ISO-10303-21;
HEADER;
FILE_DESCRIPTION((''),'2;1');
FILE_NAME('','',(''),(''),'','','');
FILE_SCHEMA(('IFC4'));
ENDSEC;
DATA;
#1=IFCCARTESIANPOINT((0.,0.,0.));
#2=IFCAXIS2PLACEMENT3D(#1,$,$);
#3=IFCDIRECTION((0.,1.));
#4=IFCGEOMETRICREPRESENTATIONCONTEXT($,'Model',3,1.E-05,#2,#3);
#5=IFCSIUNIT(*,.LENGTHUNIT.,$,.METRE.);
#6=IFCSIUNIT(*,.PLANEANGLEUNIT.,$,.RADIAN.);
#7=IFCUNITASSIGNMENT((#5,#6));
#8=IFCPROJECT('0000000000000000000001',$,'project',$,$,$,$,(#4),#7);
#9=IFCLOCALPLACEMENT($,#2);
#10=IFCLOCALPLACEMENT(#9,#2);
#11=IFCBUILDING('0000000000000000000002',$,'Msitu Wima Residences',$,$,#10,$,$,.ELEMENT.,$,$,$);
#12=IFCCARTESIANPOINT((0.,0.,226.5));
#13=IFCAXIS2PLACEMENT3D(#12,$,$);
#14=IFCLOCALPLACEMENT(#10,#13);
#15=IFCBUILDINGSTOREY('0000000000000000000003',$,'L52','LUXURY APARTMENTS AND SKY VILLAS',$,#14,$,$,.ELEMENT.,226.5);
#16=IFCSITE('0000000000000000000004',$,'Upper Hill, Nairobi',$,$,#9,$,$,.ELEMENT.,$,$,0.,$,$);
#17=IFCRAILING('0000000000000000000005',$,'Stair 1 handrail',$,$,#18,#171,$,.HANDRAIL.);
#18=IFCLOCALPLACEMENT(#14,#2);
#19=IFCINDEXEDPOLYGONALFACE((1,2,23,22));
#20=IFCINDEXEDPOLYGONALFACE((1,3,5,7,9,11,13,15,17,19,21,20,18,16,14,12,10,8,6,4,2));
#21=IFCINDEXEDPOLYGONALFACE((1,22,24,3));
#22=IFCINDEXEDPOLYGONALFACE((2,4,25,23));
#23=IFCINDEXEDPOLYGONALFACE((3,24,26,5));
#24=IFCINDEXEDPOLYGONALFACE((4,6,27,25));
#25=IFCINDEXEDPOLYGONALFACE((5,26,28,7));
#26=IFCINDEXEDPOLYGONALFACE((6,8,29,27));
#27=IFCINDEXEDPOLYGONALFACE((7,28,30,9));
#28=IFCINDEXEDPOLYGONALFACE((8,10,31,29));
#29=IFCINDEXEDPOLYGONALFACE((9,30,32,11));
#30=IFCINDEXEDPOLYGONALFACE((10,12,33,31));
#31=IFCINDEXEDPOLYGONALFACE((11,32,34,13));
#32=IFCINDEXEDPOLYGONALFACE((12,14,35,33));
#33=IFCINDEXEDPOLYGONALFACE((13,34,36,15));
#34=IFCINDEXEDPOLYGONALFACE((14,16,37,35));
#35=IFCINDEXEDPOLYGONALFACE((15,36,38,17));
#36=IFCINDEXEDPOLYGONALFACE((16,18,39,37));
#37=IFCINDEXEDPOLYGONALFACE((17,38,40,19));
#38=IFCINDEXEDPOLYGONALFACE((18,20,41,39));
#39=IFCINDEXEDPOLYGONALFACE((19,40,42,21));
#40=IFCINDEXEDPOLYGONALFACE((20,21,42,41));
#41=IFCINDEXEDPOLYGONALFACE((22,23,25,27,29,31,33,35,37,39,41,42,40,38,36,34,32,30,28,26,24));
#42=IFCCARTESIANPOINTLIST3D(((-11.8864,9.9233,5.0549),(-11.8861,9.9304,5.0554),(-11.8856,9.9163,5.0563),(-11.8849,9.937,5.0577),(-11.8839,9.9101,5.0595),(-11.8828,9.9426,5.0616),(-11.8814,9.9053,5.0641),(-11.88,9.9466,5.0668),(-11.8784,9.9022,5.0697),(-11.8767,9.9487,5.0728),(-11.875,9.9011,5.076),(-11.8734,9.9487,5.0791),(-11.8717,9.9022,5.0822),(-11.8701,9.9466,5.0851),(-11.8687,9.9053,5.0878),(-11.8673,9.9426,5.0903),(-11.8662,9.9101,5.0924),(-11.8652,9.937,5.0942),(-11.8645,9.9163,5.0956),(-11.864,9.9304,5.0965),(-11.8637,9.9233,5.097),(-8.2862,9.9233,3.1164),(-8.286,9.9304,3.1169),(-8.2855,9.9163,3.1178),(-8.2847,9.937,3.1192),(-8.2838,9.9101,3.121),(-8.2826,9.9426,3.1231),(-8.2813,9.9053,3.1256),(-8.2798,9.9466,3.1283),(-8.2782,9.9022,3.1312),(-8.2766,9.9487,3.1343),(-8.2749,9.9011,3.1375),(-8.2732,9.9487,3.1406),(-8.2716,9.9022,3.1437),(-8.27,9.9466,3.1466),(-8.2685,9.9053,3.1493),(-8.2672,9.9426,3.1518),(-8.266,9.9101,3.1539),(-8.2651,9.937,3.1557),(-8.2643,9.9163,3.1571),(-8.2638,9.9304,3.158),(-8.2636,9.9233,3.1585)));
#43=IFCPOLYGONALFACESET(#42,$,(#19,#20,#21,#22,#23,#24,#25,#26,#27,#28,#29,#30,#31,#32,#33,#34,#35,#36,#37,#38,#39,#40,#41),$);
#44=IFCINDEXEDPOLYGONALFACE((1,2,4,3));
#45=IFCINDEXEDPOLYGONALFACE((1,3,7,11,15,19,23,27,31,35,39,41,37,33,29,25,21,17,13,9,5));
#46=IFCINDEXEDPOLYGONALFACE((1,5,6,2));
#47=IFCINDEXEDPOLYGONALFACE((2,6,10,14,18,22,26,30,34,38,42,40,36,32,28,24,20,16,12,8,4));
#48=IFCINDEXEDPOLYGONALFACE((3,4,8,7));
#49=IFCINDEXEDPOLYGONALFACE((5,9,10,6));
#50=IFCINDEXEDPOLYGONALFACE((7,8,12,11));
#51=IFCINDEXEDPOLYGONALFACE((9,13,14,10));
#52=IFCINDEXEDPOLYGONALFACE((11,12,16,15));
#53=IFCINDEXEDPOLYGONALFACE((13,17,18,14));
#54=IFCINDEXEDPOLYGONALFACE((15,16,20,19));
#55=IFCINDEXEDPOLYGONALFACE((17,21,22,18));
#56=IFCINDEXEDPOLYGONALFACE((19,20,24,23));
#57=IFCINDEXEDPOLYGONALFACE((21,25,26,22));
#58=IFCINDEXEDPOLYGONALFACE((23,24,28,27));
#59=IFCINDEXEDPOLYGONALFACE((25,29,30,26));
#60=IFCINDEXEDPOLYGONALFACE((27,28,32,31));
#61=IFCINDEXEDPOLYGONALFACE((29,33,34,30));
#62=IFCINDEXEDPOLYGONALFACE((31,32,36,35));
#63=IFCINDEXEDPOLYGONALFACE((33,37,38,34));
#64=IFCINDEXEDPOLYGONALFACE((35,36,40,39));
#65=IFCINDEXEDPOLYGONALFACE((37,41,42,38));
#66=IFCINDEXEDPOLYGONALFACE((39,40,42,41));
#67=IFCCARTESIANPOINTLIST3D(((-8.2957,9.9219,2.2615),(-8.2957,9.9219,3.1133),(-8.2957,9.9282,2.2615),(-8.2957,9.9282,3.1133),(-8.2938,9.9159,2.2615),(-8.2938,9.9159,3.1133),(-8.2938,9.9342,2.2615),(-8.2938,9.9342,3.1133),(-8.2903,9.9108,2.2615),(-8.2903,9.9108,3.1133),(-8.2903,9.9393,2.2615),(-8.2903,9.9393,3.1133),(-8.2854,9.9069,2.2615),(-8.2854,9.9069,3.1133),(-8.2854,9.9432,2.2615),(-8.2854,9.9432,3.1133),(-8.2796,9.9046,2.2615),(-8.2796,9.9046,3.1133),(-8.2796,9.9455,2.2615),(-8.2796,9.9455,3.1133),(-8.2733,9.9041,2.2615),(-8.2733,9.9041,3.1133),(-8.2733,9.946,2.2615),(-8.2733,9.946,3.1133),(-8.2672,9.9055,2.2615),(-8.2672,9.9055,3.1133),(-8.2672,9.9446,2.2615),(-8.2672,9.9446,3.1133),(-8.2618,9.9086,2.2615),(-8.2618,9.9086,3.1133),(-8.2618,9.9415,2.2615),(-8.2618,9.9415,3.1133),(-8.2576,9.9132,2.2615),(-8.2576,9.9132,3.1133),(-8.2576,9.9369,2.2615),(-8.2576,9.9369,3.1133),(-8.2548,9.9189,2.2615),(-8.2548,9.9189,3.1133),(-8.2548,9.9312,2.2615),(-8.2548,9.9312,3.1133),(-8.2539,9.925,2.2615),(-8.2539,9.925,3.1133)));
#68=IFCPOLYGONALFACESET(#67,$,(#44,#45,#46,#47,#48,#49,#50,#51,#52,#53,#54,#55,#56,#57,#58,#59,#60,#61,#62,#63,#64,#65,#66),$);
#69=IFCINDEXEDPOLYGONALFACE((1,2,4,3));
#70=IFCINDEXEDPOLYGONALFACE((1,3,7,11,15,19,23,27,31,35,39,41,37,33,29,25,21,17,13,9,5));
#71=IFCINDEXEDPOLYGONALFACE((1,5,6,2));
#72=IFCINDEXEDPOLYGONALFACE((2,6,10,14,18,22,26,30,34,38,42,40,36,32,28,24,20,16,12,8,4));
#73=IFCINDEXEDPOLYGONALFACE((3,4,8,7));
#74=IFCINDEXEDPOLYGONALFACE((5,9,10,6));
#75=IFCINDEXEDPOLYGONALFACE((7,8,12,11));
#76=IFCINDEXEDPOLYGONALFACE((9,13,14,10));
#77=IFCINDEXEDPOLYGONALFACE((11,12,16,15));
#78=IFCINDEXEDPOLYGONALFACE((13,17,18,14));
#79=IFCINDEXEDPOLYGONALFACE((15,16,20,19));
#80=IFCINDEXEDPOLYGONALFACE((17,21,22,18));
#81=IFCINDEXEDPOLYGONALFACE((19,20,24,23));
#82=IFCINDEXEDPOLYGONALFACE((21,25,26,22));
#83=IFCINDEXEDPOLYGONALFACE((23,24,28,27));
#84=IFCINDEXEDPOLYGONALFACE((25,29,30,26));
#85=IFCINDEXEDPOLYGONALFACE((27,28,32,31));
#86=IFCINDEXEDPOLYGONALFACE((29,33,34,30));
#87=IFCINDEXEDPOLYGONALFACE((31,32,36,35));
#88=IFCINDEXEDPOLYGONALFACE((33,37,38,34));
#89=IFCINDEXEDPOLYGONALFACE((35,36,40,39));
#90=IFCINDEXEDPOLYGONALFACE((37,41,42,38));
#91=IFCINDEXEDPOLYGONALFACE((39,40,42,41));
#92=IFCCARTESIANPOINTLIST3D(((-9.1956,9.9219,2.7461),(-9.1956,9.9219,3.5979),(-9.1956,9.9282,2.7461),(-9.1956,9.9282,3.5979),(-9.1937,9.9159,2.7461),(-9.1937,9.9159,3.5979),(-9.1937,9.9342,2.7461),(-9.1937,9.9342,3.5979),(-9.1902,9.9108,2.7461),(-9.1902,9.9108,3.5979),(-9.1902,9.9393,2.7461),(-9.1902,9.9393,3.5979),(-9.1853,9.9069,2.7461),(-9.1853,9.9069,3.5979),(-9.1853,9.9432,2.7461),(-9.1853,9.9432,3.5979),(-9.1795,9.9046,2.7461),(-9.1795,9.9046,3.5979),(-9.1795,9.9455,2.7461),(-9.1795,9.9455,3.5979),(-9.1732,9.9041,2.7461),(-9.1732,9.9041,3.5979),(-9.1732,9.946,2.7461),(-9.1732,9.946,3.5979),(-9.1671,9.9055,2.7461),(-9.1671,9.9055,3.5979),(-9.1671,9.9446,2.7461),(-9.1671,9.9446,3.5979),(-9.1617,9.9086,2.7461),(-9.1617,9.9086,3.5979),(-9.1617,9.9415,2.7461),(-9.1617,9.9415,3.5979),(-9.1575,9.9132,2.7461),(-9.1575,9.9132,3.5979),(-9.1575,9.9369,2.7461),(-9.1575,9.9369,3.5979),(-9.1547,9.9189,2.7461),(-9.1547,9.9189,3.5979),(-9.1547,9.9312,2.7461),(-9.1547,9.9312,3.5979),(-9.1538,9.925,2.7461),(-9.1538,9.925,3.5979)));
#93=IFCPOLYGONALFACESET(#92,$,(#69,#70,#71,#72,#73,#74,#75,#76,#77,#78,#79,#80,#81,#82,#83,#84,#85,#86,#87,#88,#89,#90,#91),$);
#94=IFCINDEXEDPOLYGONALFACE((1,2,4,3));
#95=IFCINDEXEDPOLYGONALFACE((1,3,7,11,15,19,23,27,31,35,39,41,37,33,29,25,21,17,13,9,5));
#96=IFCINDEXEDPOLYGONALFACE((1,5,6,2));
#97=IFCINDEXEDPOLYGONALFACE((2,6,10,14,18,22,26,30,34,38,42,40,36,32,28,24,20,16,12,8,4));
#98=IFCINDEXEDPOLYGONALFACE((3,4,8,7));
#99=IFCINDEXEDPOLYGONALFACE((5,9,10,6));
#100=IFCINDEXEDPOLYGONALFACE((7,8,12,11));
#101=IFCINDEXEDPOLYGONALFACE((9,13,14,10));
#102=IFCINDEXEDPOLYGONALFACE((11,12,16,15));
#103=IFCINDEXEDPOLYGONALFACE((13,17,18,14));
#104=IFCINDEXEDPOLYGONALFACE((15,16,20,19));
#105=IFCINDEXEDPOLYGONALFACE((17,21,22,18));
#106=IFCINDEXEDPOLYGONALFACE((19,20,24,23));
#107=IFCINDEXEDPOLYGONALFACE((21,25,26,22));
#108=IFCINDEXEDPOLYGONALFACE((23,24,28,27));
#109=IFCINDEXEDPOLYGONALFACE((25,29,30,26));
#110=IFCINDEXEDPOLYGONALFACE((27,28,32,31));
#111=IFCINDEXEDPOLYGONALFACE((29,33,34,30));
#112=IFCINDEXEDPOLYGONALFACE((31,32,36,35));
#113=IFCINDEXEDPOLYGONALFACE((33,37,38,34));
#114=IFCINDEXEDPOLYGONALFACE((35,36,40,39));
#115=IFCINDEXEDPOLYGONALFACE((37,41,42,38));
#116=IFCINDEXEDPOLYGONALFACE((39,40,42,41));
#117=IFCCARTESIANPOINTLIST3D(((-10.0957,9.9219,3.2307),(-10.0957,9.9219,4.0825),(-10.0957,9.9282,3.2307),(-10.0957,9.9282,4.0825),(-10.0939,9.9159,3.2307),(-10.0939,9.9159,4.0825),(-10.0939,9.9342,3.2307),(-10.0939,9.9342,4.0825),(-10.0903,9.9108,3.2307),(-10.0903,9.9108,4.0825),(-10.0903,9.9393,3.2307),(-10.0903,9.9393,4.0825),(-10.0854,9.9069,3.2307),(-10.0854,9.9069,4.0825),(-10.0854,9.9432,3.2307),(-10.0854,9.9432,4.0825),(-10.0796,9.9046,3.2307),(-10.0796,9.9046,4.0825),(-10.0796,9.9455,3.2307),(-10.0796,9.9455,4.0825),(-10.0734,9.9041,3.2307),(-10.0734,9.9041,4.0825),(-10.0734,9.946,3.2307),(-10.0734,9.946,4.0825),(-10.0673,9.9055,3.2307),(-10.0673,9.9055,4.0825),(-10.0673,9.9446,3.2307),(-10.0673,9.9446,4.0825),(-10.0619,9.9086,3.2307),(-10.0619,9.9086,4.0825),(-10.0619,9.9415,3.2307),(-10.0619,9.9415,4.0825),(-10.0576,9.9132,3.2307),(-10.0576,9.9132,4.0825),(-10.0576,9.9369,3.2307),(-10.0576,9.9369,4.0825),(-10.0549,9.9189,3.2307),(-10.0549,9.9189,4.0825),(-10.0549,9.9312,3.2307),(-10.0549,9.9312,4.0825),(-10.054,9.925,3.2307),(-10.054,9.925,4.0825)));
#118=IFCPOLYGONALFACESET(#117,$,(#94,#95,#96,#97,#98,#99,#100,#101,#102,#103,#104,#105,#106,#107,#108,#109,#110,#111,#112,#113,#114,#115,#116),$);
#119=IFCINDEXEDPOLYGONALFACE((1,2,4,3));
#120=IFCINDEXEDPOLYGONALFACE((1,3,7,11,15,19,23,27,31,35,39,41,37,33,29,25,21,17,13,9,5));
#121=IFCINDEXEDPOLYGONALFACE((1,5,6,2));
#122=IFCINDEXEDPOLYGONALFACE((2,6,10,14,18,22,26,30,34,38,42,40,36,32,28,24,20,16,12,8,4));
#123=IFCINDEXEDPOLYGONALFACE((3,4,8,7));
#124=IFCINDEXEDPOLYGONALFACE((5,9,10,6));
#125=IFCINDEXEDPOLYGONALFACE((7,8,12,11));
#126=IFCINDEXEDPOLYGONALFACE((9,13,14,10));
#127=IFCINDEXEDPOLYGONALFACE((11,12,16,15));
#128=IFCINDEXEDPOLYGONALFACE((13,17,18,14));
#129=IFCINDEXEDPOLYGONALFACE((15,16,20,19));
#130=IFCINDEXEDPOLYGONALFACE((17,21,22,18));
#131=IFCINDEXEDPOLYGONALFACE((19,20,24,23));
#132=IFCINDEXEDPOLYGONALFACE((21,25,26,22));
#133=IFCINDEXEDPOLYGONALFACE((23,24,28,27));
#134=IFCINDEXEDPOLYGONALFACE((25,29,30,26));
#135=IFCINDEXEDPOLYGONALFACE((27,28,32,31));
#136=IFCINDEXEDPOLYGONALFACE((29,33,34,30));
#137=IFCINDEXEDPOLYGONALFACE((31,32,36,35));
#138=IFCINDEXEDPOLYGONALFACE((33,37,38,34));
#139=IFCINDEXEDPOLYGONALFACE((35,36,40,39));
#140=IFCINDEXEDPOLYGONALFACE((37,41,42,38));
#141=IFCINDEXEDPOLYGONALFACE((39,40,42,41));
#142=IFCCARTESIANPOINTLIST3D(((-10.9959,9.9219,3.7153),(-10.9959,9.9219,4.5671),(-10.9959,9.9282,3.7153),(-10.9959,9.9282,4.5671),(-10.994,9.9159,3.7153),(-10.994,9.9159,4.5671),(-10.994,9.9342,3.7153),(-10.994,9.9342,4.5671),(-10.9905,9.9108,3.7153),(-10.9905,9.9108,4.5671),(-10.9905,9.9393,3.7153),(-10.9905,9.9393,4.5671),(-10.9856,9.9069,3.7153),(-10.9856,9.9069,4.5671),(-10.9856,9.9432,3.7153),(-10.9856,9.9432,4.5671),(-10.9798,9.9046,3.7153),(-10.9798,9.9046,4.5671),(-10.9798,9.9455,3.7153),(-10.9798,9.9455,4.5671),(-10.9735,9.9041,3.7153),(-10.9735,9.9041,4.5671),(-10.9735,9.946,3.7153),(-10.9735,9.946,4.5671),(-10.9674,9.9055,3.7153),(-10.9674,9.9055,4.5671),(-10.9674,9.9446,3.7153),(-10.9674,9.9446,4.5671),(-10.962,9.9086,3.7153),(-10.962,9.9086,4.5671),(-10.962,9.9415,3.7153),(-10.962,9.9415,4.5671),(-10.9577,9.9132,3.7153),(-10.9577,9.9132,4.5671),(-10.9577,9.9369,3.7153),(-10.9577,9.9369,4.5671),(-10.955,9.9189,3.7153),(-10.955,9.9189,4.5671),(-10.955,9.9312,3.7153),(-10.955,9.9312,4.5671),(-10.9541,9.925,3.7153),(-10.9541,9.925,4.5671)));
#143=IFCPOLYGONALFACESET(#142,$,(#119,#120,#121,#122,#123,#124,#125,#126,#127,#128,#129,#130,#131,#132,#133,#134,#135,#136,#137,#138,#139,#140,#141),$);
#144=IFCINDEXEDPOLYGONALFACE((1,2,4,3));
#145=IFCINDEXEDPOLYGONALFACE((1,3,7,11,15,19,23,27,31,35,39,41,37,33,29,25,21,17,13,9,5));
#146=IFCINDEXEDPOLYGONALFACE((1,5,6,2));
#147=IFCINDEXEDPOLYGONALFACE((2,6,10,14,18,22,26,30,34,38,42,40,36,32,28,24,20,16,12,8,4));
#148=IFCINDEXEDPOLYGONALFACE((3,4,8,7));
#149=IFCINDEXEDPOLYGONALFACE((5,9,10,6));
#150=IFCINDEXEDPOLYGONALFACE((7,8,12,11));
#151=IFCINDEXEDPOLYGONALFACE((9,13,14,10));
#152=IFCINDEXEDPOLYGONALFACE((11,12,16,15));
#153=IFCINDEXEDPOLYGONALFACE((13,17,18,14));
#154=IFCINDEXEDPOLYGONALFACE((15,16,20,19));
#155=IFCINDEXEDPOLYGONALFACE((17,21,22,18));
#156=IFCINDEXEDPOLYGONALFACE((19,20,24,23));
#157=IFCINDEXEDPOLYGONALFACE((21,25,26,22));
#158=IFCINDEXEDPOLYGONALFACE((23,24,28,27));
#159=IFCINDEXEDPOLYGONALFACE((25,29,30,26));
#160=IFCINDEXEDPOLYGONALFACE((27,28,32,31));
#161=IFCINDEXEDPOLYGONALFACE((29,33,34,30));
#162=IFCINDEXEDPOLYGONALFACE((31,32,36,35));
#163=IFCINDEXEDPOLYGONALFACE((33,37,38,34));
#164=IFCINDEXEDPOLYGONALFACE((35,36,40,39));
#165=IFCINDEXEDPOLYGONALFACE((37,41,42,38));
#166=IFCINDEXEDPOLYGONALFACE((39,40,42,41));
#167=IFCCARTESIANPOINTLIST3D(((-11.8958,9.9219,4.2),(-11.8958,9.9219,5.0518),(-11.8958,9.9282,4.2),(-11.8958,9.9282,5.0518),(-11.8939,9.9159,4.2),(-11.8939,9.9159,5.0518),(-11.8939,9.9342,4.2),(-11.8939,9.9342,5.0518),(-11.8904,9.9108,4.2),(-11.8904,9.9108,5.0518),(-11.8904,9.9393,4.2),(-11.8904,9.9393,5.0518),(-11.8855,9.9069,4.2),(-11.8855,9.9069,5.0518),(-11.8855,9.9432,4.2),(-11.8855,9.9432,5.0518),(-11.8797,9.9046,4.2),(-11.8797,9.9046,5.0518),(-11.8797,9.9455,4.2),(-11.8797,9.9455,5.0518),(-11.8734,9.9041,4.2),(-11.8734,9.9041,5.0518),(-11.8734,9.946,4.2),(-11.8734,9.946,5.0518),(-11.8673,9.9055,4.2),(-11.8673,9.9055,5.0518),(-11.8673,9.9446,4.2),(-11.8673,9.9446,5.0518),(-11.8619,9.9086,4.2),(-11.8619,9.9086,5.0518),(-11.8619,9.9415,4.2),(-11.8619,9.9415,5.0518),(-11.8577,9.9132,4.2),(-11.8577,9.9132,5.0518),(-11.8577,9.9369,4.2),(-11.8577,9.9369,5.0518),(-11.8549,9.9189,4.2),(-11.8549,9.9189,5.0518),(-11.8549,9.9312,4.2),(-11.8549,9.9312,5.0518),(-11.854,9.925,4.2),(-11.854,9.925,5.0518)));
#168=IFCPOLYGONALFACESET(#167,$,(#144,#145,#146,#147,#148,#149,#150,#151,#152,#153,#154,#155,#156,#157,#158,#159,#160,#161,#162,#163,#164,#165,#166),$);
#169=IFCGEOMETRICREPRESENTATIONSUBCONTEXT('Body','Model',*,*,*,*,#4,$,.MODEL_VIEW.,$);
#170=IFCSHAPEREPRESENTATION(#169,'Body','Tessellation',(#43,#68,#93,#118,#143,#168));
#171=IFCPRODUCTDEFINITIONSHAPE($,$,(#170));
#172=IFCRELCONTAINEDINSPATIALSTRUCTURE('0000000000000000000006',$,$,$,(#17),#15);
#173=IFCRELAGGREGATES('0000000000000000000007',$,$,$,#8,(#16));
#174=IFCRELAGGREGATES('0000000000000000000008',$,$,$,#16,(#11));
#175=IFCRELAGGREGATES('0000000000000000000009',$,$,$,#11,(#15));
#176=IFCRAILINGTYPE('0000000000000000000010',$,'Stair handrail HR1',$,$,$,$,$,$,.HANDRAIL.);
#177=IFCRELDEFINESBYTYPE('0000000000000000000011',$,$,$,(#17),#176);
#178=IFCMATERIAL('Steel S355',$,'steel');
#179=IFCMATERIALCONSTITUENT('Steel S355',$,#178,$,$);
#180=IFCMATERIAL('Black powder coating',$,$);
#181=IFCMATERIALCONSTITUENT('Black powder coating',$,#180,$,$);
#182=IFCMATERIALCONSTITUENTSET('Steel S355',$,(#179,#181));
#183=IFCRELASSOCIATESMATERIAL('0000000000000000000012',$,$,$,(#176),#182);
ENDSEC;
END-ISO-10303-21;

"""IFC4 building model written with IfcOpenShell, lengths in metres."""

from ifc_helpers import new_model, si_unit, direction, frame, origin, origin_2d, place, context, subcontext, project, spatial, circle, extrude, material, constituent, constituent_set, type_object, element, save


model = new_model("IFC4")

# Units and contexts
model_context = context("Model", 3, precision=1e-05, world=origin(), true_north=direction((0.0, 1.0)))
body_context = subcontext(model_context, "Body", "Model", "MODEL_VIEW")
ifc_project = project(units=[si_unit("LENGTHUNIT", "METRE"), si_unit("PLANEANGLEUNIT", "RADIAN")], contexts=[model_context])

# Site, building, storey
site_placement = place(None, origin())
site = spatial("IfcSite", under=ifc_project, at=site_placement, Name="Upper Hill, Nairobi", CompositionType="ELEMENT", RefElevation=0.0)
building_placement = place(site_placement, origin())
building = spatial("IfcBuilding", under=site, at=building_placement, Name="Msitu Wima Residences", CompositionType="ELEMENT")
storey_placement = place(building_placement, frame((0.0, 0.0, 226.5)))
storey = spatial("IfcBuildingStorey", under=building, at=storey_placement, Name="L52", Description="LUXURY APARTMENTS AND SKY VILLAS", CompositionType="ELEMENT", Elevation=226.5)

# Railing
ifc_material_1 = material(Name="Steel S355", Category="steel")
ifc_constituent_1 = constituent(ifc_material_1, Name="Steel S355")
ifc_material_2 = material(Name="Black powder coating")
ifc_constituent_2 = constituent(ifc_material_2, Name="Black powder coating")
ifc_constituent_set = constituent_set(constituents=[ifc_constituent_1, ifc_constituent_2], Name="Steel S355")
railing_type = type_object("IfcRailingType", Name="Stair handrail HR1", PredefinedType="HANDRAIL", material=ifc_constituent_set)
for number, where, name in (
    (1, (-8.2749, 9.925, 2.2615), "Stair 1 handrail"),
):
    element("IfcRailing", number, at=place(storey_placement, frame(where)), inside=storey, type_object=railing_type, Name=name, PredefinedType="HANDRAIL", context=body_context, shape_type="SweptSolid", body=[
        extrude(circle(Radius=0.0239, at=origin_2d()), frame((0.0, 0.0, 0.876), z_axis=(-0.880475, 0.0, 0.474093), x_axis=(0.0, -1.0, 0.0)), (0.0, 0.0, 1.0), 4.0889),
        extrude(circle(Radius=0.021, at=origin_2d()), origin(), (0.0, 0.0, 1.0), 0.8518),
        extrude(circle(Radius=0.021, at=origin_2d()), frame((-0.8999, 0.0, 0.4846)), (0.0, 0.0, 1.0), 0.8518),
        extrude(circle(Radius=0.021, at=origin_2d()), frame((-1.8, 0.0, 0.9692)), (0.0, 0.0, 1.0), 0.8518),
        extrude(circle(Radius=0.021, at=origin_2d()), frame((-2.7002, 0.0, 1.4539)), (0.0, 0.0, 1.0), 0.8518),
        extrude(circle(Radius=0.021, at=origin_2d()), frame((-3.6001, 0.0, 1.9385)), (0.0, 0.0, 1.0), 0.8518),
    ])

save(model, "model.ifc")
